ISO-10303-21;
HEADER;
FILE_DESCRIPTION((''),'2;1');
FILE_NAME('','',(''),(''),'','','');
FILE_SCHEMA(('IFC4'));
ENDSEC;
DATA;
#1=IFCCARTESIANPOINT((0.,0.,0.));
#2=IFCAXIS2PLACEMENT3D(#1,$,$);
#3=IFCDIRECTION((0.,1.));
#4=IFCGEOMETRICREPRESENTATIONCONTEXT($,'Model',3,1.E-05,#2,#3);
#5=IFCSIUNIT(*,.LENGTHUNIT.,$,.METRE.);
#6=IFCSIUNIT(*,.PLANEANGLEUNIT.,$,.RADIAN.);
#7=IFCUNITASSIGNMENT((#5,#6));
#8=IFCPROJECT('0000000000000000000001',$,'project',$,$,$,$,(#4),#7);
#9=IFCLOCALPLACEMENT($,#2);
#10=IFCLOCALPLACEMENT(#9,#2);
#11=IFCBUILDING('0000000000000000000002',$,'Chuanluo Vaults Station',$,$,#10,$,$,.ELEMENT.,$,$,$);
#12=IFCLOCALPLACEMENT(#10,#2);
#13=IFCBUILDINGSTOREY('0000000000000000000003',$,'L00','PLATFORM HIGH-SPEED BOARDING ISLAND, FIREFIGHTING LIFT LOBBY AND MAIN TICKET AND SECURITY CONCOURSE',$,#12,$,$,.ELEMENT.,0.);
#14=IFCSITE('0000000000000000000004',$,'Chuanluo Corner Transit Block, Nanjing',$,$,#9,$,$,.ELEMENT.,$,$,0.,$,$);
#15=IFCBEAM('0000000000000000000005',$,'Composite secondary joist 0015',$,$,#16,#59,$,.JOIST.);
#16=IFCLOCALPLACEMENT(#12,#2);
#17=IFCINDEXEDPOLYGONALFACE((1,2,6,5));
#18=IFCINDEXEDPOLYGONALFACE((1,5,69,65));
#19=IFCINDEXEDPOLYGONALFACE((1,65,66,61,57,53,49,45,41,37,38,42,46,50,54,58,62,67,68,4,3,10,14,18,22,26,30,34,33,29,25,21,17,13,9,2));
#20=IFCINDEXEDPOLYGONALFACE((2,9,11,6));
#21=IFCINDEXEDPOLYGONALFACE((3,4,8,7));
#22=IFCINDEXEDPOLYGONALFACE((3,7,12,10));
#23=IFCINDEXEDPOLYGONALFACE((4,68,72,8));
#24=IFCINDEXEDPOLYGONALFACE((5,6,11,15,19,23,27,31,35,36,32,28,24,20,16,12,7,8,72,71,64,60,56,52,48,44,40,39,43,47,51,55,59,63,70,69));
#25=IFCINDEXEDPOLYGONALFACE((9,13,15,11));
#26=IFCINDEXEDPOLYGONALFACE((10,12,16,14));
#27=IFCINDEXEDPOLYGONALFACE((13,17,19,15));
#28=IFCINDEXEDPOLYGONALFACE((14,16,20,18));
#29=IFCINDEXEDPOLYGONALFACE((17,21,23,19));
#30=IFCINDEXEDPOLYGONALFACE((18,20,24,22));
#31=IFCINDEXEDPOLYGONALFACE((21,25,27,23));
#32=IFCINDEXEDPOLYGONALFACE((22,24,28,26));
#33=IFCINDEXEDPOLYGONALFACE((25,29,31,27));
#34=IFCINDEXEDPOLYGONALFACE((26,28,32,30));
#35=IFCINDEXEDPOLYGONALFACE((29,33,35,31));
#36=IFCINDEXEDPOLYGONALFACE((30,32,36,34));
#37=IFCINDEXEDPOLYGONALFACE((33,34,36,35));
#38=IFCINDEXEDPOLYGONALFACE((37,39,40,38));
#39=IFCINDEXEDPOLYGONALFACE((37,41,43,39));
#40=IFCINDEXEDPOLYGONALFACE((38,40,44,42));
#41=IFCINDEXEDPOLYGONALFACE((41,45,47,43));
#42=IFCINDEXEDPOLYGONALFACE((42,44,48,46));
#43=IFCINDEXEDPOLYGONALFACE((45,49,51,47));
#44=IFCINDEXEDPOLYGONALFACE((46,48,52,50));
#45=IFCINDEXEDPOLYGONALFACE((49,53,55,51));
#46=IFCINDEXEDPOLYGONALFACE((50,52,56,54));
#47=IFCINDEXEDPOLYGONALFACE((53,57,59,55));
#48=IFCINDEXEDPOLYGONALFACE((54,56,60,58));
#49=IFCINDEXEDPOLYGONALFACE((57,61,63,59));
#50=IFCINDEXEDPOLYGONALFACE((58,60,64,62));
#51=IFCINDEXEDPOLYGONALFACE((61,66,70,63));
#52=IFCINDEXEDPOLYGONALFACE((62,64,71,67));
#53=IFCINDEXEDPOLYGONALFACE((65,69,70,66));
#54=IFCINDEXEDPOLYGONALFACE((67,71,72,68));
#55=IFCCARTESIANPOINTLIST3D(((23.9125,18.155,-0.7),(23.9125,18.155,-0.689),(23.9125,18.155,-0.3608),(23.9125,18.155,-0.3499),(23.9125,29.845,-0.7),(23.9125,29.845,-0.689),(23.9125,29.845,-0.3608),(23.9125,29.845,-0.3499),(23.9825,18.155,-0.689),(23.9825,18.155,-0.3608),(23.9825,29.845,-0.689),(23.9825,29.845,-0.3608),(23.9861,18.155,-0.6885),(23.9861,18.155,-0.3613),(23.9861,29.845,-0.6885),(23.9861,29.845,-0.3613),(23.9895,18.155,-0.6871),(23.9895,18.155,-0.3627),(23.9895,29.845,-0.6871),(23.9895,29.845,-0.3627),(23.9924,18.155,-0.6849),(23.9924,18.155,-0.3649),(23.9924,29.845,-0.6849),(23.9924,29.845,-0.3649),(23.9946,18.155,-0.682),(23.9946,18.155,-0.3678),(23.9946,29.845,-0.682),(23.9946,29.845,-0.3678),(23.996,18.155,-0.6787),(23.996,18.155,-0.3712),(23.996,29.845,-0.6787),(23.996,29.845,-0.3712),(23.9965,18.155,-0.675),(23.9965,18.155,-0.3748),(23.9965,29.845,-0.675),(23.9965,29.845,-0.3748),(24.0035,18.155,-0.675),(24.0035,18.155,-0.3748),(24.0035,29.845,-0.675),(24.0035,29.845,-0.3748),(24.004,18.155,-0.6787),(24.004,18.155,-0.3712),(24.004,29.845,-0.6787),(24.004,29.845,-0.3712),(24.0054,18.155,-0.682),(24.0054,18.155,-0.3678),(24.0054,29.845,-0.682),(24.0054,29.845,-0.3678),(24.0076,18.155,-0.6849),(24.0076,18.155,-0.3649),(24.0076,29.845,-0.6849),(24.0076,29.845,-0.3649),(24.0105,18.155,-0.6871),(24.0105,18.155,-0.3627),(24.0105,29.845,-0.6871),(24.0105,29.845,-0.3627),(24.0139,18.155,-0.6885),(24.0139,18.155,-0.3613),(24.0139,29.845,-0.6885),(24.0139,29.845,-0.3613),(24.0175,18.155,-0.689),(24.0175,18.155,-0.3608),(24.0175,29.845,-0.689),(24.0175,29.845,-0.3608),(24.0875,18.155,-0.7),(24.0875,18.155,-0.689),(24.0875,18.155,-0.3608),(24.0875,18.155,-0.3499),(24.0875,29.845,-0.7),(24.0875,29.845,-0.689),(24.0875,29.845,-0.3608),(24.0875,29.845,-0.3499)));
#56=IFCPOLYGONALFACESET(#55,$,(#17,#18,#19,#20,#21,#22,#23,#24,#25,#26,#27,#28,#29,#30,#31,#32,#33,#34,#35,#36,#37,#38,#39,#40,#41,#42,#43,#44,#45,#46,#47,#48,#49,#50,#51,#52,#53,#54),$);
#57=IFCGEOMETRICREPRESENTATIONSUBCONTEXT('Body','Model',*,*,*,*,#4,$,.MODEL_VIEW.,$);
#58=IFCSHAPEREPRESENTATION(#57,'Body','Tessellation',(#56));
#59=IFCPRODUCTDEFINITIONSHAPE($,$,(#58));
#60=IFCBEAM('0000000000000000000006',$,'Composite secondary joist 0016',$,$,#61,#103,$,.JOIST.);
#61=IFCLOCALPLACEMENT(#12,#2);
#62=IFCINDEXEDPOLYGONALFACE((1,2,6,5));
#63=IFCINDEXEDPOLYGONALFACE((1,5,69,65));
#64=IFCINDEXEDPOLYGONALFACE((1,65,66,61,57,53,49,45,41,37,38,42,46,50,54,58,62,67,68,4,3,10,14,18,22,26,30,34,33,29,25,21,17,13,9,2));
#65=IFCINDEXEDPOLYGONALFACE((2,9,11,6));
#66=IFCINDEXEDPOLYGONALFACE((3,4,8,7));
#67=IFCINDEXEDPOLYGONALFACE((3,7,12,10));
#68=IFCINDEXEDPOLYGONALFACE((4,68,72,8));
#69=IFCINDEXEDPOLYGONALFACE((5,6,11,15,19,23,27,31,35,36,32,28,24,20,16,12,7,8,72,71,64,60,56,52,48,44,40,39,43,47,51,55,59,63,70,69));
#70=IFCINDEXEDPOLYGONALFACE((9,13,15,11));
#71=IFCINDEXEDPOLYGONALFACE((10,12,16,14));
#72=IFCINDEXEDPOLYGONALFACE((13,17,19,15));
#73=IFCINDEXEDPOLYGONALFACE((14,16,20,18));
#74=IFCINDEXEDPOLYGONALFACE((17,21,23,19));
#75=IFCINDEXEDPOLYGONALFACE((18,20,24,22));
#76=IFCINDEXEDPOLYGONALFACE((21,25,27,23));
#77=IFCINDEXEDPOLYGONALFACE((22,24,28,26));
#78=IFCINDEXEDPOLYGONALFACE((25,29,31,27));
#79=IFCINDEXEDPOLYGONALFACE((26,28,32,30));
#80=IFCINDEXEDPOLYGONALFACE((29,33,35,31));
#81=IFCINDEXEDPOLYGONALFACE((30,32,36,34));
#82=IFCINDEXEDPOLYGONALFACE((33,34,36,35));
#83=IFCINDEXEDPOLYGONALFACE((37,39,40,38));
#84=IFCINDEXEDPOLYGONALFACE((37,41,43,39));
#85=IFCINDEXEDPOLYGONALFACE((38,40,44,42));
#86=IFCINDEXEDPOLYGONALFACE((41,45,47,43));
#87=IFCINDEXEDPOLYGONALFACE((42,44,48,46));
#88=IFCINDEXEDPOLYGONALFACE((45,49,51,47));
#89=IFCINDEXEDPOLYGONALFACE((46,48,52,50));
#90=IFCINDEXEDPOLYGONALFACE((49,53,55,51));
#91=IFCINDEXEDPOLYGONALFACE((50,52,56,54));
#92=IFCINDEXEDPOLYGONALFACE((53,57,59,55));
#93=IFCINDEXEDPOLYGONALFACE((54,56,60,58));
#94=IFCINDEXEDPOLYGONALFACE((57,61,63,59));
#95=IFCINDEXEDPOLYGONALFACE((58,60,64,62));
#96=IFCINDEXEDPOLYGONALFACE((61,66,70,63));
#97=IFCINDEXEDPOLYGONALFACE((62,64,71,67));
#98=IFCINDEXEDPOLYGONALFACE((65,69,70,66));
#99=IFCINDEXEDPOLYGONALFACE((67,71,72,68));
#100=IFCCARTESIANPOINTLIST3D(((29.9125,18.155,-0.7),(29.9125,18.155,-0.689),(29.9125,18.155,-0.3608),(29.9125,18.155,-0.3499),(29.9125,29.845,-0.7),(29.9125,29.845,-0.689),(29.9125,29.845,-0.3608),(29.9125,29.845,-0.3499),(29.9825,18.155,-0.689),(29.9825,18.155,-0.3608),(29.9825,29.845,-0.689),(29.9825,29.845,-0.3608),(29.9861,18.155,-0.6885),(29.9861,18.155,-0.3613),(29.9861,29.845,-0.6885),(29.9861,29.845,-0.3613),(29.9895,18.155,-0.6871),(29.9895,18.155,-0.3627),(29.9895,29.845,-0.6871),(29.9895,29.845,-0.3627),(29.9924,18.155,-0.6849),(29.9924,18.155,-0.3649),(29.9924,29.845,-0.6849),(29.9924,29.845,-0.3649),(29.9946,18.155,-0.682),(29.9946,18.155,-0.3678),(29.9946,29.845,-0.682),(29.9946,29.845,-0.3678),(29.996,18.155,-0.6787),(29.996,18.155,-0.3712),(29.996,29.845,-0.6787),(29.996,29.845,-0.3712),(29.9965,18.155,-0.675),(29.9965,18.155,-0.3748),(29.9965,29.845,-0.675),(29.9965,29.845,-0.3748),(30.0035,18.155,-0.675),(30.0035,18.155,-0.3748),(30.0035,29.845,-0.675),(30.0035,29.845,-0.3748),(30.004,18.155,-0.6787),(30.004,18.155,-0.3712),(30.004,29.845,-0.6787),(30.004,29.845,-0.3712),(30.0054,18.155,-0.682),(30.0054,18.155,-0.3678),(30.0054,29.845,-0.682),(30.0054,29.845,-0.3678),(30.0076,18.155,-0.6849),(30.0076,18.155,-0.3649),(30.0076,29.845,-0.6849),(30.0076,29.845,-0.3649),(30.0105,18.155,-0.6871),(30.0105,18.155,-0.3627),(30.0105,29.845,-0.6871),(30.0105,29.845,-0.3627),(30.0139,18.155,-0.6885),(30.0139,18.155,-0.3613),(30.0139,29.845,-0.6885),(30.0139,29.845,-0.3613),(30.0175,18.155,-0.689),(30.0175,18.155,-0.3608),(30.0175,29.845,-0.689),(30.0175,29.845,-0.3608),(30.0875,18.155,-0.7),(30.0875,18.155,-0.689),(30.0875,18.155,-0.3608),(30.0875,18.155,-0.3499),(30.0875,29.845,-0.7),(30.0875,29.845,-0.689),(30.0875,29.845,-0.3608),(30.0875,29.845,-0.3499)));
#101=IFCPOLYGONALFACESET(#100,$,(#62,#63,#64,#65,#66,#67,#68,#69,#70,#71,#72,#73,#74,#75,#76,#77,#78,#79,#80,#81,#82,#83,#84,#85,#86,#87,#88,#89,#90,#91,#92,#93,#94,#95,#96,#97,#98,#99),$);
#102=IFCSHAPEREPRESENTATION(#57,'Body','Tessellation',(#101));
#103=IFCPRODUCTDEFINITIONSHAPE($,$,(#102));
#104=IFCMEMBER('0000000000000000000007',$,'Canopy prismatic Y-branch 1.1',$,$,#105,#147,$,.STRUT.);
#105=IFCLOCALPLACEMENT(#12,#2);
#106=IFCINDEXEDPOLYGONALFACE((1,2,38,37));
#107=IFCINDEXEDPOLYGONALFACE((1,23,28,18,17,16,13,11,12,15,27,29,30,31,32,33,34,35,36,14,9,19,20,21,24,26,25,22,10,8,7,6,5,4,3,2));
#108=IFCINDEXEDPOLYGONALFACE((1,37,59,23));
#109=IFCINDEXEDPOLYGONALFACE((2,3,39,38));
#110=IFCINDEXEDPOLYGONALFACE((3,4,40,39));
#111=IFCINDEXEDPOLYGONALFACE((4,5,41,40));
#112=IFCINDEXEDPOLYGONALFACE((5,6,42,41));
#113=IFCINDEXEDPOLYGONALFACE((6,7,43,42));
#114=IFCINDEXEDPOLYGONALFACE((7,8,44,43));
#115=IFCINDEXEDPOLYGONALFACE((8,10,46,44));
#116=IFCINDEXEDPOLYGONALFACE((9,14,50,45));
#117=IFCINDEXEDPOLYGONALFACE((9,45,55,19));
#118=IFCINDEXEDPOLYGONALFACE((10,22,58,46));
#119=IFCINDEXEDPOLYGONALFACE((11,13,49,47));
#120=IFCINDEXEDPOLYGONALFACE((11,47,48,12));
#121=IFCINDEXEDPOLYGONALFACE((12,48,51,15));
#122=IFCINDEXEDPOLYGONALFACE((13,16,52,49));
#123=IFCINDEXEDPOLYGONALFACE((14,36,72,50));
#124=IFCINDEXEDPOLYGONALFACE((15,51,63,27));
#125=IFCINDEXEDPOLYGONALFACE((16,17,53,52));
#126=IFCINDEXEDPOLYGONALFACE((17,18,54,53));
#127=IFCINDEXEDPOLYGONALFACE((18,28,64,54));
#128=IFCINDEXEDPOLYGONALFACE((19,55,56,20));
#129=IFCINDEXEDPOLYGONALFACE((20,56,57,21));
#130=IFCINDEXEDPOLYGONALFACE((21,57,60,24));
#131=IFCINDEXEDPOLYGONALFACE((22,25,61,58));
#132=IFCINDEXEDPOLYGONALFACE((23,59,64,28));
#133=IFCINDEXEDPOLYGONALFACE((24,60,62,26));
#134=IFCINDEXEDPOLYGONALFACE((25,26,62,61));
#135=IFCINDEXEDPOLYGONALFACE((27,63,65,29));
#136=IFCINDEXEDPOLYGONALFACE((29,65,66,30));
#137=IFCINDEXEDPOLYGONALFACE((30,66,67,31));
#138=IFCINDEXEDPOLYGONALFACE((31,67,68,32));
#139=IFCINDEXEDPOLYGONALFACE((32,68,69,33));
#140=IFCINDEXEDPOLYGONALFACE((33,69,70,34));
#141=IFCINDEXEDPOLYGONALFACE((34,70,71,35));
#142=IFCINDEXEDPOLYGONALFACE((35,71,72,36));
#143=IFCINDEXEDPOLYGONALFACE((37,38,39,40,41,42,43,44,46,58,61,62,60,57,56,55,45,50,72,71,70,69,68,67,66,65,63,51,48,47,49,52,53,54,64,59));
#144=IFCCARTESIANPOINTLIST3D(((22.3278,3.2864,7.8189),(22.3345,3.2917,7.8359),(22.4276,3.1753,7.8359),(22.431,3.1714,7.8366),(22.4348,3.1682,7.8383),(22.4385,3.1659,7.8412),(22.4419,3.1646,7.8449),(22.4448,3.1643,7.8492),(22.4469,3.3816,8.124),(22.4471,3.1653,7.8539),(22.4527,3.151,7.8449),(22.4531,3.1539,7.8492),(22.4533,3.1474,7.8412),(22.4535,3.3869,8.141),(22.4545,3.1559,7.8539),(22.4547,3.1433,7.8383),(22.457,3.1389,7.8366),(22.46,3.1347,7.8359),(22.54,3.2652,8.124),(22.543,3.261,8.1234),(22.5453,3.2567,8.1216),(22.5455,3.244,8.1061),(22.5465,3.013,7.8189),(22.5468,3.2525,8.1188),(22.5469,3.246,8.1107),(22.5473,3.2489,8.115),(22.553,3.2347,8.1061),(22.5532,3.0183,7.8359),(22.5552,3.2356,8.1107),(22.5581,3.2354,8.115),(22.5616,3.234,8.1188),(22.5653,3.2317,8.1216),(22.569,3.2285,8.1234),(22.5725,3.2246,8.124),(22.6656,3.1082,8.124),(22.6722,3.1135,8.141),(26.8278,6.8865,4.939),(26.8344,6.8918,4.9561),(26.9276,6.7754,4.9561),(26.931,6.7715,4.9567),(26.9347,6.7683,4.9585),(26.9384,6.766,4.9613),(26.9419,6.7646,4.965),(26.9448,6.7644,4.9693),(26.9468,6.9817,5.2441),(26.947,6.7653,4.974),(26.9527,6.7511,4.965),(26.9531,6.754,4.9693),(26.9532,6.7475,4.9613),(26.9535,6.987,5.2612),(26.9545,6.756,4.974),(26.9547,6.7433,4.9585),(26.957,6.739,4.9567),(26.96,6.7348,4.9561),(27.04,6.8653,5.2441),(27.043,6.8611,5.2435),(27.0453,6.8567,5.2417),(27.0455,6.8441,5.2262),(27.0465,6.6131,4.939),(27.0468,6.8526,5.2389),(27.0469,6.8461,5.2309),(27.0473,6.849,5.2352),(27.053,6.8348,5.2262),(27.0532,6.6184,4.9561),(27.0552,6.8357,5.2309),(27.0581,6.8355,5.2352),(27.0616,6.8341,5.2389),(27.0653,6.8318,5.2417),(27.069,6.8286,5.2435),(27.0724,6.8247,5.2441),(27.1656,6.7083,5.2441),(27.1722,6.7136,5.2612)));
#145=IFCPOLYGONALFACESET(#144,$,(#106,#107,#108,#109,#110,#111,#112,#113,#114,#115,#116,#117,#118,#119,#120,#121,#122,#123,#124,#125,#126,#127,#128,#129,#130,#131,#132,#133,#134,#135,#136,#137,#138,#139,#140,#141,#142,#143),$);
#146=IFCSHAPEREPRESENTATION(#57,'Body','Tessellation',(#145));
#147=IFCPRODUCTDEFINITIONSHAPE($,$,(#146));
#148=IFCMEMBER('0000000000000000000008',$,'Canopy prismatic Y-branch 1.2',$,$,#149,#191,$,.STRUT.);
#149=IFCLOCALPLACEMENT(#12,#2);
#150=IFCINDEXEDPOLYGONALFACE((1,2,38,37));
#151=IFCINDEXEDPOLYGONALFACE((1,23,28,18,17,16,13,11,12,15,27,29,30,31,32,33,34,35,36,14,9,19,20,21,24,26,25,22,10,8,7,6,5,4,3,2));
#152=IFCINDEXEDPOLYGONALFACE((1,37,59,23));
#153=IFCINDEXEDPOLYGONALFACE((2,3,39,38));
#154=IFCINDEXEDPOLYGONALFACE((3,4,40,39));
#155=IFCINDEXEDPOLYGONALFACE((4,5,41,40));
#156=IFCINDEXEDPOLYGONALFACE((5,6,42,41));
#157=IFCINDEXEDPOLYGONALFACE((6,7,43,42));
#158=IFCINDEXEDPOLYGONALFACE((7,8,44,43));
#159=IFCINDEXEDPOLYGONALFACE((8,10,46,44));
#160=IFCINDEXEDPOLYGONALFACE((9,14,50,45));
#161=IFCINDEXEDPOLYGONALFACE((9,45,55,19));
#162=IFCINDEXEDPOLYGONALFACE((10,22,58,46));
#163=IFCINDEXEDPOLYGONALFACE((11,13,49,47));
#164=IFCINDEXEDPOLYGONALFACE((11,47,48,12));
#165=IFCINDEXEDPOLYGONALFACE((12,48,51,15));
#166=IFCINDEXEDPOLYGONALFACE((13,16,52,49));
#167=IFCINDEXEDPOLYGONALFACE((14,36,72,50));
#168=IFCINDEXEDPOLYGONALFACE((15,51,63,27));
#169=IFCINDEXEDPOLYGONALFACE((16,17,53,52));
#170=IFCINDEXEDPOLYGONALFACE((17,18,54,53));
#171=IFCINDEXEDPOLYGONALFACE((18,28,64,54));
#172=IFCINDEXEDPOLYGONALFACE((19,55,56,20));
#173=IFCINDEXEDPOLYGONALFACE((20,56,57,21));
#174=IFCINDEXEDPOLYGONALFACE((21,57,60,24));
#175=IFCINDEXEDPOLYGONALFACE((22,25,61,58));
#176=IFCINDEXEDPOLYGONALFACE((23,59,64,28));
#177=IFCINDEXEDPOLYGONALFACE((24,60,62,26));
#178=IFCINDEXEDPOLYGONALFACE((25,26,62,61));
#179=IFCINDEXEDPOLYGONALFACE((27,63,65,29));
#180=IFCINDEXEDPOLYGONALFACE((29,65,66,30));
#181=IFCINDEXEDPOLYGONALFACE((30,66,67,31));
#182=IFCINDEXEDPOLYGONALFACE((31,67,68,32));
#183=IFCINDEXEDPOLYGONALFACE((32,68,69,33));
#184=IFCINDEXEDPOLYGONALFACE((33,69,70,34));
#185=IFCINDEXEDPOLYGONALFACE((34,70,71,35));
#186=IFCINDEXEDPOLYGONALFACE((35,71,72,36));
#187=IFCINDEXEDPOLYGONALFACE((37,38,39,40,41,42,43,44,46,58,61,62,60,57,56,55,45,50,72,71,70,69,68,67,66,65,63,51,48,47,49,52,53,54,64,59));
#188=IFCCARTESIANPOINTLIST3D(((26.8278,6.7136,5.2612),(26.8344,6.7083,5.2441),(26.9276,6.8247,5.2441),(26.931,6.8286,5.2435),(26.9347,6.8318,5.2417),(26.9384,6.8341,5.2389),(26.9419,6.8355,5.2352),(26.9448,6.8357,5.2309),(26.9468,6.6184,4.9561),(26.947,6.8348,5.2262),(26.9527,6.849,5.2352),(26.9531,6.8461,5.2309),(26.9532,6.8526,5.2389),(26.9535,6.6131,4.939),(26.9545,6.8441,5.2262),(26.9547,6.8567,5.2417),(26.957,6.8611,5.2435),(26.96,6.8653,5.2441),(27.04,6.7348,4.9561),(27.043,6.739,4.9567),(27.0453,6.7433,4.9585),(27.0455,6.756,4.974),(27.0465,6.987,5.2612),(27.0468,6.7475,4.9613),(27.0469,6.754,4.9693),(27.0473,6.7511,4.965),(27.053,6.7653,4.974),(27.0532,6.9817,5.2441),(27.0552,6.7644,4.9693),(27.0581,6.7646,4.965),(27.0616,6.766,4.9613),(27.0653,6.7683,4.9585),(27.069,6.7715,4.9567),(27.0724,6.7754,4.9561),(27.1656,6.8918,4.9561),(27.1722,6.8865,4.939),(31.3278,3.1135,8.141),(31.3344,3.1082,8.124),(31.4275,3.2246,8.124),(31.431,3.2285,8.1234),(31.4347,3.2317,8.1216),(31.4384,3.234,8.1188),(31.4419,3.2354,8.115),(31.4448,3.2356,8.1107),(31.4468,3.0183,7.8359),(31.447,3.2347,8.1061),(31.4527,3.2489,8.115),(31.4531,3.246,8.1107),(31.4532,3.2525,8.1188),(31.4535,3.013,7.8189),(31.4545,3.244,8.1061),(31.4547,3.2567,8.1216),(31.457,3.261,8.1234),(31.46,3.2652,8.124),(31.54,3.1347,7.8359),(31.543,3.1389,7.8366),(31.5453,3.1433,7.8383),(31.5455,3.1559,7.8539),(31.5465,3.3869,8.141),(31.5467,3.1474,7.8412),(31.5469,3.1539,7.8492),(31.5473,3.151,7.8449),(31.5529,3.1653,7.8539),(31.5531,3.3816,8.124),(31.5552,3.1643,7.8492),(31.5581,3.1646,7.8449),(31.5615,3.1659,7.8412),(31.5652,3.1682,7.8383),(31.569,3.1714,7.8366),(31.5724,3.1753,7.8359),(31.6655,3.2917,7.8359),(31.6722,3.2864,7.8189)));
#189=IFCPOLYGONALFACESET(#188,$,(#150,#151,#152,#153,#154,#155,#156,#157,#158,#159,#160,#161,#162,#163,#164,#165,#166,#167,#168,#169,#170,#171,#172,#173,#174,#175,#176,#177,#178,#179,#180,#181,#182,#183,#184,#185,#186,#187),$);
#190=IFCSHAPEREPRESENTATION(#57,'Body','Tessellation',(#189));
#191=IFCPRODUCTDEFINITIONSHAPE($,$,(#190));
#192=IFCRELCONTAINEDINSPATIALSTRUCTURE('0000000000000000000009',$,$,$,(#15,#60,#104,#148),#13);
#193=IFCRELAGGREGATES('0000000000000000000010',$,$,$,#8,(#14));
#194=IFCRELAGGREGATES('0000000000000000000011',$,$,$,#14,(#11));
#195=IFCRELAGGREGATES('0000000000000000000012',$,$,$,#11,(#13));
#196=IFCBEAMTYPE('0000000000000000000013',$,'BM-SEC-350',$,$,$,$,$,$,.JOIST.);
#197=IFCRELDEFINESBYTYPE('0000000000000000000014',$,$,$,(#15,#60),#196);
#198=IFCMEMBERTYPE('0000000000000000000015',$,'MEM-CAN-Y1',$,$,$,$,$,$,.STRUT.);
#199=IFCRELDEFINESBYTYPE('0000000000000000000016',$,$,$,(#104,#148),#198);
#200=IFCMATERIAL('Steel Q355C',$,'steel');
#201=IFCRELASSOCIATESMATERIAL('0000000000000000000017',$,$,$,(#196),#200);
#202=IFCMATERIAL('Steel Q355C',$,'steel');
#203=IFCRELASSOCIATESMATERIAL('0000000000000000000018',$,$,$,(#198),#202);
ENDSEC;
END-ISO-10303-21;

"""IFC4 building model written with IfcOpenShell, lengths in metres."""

from ifc_helpers import new_model, si_unit, direction, frame, origin, origin_2d, place, context, subcontext, project, spatial, i_section, extrude, material, material_profile, profile_set, type_object, element, save


model = new_model("IFC4")

# Units and contexts
model_context = context("Model", 3, precision=1e-05, world=origin(), true_north=direction((0.0, 1.0)))
body_context = subcontext(model_context, "Body", "Model", "MODEL_VIEW")
ifc_project = project(units=[si_unit("LENGTHUNIT", "METRE"), si_unit("PLANEANGLEUNIT", "RADIAN")], contexts=[model_context])

# Site, building, storey
site_placement = place(None, origin())
site = spatial("IfcSite", under=ifc_project, at=site_placement, Name="Chuanluo Corner Transit Block, Nanjing", CompositionType="ELEMENT", RefElevation=0.0)
building_placement = place(site_placement, origin())
building = spatial("IfcBuilding", under=site, at=building_placement, Name="Chuanluo Vaults Station", CompositionType="ELEMENT")
storey_placement = place(building_placement, origin())
storey = spatial("IfcBuildingStorey", under=building, at=storey_placement, Name="L00", Description="PLATFORM HIGH-SPEED BOARDING ISLAND, FIREFIGHTING LIFT LOBBY AND MAIN TICKET AND SECURITY CONCOURSE", CompositionType="ELEMENT", Elevation=0.0)

# Beams
ifc_material_1 = material(Name="Steel Q355C", Category="steel")
ifc_material_profile_1 = material_profile(ifc_material_1, i_section(OverallWidth=0.175, OverallDepth=0.3501, WebThickness=0.0071, FlangeThickness=0.011, FilletRadius=0.0139, at=origin_2d()))
ifc_profile_set_1 = profile_set([ifc_material_profile_1], Name="Steel Q355C")
beam_type_1 = type_object("IfcBeamType", Name="BM-SEC-350", PredefinedType="JOIST", material=ifc_profile_set_1)
for number, where, z_axis, x_axis, name in (
    (1, (24.0, 18.155, -0.5249), (0.0, 1.0, 0.0), (-1.0, 0.0, 0.0), "Composite secondary joist 0015"),
    (2, (30.0, 18.155, -0.5249), (0.0, 1.0, 0.0), (-1.0, 0.0, 0.0), "Composite secondary joist 0016"),
):
    element("IfcBeam", number, at=place(storey_placement, frame(where, z_axis=z_axis, x_axis=x_axis)), inside=storey, type_object=beam_type_1, Name=name, PredefinedType="JOIST", context=body_context, shape_type="SweptSolid", body=[
        extrude(i_section(OverallWidth=0.175, OverallDepth=0.3501, WebThickness=0.0071, FlangeThickness=0.011, FilletRadius=0.0139, at=origin_2d()), origin(), (0.0, 0.0, 1.0), 11.6899),
    ])

# Members
ifc_material_2 = material(Name="Steel Q355C", Category="steel")
ifc_material_profile_2 = material_profile(ifc_material_2, i_section(OverallWidth=0.3501, OverallDepth=0.3601, WebThickness=0.012, FlangeThickness=0.019, FilletRadius=0.02, at=origin_2d()))
ifc_profile_set_2 = profile_set([ifc_material_profile_2], Name="Steel Q355C")
member_type = type_object("IfcMemberType", Name="MEM-CAN-Y1", PredefinedType="STRUT", material=ifc_profile_set_2)
for number, where, z_axis, x_axis, name in (
    (3, (27.0, 6.8, 5.1001), (-0.698498, -0.558814, 0.447021), (0.624705, -0.780861, 0.0), "Canopy prismatic Y-branch 1.1"),
    (4, (27.0, 6.8, 5.1001), (0.698498, -0.558814, 0.447021), (0.624705, 0.780861, 0.0), "Canopy prismatic Y-branch 1.2"),
):
    element("IfcMember", number, at=place(storey_placement, frame(where, z_axis=z_axis, x_axis=x_axis)), inside=storey, type_object=member_type, Name=name, PredefinedType="STRUT", context=body_context, shape_type="SweptSolid", body=[
        extrude(i_section(OverallWidth=0.3501, OverallDepth=0.3601, WebThickness=0.012, FlangeThickness=0.019, FilletRadius=0.02, at=origin_2d()), origin(), (0.0, 0.0, 1.0), 6.4424),
    ])

save(model, "model.ifc")
